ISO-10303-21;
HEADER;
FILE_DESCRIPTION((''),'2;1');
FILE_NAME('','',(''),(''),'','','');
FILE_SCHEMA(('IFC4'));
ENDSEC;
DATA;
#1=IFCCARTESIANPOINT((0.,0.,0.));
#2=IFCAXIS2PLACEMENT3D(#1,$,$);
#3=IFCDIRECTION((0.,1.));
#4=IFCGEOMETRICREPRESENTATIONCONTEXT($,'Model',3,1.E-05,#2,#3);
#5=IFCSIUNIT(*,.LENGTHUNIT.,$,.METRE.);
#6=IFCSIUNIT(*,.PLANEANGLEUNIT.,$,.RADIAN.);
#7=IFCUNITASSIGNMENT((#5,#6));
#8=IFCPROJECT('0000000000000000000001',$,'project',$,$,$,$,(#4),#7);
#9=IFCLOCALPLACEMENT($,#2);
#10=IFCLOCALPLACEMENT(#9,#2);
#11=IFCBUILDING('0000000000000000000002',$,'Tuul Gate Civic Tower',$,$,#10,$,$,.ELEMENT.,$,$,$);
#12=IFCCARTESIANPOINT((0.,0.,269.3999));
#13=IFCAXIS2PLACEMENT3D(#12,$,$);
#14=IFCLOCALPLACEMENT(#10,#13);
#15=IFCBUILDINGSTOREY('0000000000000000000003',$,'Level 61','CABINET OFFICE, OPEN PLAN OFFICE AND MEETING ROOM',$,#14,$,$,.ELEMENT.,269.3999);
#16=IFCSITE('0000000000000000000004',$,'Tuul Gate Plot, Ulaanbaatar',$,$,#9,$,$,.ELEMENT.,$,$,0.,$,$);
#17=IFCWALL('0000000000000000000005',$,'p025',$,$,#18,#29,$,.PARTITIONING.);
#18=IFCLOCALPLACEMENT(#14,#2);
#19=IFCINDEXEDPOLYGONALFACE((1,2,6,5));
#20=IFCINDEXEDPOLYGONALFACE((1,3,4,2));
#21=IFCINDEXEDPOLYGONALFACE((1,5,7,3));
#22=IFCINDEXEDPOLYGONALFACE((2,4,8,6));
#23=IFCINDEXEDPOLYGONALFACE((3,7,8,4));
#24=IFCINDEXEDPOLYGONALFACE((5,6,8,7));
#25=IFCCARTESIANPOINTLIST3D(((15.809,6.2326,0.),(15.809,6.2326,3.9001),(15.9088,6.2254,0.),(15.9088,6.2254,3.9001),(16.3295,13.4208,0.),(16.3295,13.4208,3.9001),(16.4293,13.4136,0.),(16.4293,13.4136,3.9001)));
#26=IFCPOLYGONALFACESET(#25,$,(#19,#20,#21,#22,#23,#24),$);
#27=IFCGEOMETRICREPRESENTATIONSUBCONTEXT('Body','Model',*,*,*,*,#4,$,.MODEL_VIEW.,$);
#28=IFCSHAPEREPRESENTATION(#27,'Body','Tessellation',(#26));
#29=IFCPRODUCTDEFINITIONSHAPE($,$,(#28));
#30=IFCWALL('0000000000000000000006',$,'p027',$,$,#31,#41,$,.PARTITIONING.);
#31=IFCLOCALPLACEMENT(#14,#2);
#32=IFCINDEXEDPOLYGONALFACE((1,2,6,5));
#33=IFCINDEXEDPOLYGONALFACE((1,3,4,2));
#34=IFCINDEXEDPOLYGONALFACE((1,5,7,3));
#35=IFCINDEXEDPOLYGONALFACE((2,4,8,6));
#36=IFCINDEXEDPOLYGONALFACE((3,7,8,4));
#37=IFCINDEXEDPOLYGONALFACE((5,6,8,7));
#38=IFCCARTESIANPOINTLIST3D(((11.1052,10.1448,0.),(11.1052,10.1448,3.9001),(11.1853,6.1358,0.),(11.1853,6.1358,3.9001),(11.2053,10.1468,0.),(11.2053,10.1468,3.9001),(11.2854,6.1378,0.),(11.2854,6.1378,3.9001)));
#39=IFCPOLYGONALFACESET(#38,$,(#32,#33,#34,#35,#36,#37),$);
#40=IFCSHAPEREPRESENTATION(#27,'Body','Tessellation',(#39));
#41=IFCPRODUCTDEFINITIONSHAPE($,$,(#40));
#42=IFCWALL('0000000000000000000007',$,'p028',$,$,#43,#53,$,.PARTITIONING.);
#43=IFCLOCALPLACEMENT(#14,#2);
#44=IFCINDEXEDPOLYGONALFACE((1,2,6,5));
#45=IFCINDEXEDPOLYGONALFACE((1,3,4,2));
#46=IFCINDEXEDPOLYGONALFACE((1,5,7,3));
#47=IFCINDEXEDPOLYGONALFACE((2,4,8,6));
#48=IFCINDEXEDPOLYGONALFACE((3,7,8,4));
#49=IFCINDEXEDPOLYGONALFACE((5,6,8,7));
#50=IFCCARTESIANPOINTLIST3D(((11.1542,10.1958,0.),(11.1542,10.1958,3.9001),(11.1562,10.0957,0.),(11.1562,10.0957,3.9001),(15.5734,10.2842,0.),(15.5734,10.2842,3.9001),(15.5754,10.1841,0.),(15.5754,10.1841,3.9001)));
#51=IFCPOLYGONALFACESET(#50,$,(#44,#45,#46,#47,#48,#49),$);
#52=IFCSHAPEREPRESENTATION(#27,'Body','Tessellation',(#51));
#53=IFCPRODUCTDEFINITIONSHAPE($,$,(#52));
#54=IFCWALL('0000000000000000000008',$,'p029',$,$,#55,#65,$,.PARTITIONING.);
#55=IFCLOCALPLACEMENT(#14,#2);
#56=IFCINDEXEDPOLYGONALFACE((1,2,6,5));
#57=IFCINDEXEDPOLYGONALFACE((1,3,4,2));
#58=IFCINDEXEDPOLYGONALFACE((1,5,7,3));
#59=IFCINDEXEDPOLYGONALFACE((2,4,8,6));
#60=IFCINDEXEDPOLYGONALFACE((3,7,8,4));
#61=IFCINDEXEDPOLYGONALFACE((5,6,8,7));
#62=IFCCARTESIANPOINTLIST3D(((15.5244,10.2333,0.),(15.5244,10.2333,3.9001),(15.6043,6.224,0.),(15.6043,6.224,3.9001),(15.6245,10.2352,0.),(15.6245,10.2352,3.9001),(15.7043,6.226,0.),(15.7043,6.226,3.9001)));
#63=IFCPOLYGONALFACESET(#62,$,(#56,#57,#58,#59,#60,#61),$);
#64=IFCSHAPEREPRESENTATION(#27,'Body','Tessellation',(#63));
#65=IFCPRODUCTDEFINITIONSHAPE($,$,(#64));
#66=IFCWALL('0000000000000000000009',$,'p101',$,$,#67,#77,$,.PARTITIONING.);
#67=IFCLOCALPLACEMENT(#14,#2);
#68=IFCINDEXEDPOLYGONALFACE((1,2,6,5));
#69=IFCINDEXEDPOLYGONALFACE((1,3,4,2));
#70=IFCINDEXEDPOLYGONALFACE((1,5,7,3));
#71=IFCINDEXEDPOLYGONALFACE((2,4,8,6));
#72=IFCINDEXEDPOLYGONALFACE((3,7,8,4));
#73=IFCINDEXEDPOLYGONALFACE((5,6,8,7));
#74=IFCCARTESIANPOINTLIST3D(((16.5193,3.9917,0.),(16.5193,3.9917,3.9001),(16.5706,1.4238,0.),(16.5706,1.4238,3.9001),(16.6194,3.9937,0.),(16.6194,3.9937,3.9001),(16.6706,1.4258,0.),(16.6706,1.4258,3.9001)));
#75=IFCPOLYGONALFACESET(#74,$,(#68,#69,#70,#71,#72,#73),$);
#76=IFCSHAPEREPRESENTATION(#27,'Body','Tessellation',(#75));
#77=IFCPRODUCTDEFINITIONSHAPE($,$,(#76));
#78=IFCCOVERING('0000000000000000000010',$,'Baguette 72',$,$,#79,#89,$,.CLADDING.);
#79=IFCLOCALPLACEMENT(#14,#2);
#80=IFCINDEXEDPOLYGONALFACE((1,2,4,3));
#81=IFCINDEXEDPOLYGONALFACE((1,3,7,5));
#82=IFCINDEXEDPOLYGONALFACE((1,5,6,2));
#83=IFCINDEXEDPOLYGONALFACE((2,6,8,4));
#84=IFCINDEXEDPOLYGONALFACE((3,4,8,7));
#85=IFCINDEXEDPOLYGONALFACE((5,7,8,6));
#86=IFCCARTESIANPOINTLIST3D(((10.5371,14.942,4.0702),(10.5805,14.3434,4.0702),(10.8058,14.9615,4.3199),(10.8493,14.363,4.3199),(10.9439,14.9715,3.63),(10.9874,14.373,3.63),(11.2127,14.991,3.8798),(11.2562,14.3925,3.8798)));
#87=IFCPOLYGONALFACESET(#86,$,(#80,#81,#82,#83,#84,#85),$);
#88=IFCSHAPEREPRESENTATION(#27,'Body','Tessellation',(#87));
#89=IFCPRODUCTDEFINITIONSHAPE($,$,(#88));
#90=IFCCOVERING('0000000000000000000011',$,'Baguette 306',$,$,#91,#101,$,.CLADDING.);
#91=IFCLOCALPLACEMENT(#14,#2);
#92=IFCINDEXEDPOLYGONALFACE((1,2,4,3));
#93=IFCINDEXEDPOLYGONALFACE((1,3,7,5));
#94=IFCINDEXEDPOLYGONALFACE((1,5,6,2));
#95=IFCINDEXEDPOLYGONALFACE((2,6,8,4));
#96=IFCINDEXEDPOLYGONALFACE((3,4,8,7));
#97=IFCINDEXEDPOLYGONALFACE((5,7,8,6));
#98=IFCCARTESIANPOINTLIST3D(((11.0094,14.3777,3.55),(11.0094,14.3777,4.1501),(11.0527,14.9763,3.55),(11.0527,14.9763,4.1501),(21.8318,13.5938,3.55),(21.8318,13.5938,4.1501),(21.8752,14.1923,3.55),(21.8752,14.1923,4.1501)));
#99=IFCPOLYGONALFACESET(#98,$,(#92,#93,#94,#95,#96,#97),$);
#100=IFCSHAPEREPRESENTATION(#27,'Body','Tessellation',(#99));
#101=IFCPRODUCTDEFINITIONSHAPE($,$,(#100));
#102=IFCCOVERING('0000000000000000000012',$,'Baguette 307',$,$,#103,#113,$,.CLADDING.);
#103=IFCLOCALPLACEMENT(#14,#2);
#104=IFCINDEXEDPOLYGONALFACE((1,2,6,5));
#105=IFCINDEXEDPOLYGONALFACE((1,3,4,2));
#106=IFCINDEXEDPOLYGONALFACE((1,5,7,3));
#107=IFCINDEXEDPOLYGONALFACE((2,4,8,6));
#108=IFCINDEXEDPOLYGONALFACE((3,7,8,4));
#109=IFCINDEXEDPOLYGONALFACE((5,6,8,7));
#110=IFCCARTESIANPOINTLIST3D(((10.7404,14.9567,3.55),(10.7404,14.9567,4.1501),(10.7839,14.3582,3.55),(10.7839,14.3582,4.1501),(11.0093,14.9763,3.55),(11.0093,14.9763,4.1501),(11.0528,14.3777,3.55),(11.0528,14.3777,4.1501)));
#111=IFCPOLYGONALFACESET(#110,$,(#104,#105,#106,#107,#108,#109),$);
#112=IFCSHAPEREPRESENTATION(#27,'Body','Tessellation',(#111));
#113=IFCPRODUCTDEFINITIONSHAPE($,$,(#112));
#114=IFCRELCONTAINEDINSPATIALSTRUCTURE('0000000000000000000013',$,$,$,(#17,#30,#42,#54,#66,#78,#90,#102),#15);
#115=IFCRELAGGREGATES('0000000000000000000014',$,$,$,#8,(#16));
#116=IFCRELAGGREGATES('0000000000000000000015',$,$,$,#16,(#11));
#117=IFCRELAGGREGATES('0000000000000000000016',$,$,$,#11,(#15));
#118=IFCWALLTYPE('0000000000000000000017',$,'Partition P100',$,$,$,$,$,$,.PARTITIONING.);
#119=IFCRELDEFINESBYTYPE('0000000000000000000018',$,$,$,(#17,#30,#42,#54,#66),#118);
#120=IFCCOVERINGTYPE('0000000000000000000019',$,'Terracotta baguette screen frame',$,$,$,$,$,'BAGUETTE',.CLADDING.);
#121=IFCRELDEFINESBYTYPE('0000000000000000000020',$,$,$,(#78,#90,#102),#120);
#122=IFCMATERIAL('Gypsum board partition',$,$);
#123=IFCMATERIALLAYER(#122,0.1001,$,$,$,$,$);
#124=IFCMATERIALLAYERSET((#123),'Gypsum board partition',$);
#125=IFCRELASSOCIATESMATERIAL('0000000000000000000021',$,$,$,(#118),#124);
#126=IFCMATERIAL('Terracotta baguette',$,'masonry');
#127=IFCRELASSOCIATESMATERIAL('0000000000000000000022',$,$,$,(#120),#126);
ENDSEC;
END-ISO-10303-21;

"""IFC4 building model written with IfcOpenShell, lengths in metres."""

from ifc_helpers import new_model, si_unit, direction, frame, frame_2d, origin, origin_2d, place, context, subcontext, project, spatial, rectangle, extrude, material, layer, layer_set, material_profile, profile_set, type_object, element, save


model = new_model("IFC4")

# Units and contexts
model_context = context("Model", 3, precision=1e-05, world=origin(), true_north=direction((0.0, 1.0)))
body_context = subcontext(model_context, "Body", "Model", "MODEL_VIEW")
ifc_project = project(units=[si_unit("LENGTHUNIT", "METRE"), si_unit("PLANEANGLEUNIT", "RADIAN")], contexts=[model_context])

# Site, building, storey
site_placement = place(None, origin())
site = spatial("IfcSite", under=ifc_project, at=site_placement, Name="Tuul Gate Plot, Ulaanbaatar", CompositionType="ELEMENT", RefElevation=0.0)
building_placement = place(site_placement, origin())
building = spatial("IfcBuilding", under=site, at=building_placement, Name="Tuul Gate Civic Tower", CompositionType="ELEMENT")
storey_placement = place(building_placement, frame((0.0, 0.0, 269.3999)))
storey = spatial("IfcBuildingStorey", under=building, at=storey_placement, Name="Level 61", Description="CABINET OFFICE, OPEN PLAN OFFICE AND MEETING ROOM", CompositionType="ELEMENT", Elevation=269.3999)

# Walls
ifc_material_1 = material(Name="Gypsum board partition")
ifc_layer_1 = layer(ifc_material_1, 0.1001)
ifc_layer_set_1 = layer_set([ifc_layer_1], Name="Gypsum board partition")
wall_type_1 = type_object("IfcWallType", Name="Partition P100", PredefinedType="PARTITIONING", material=ifc_layer_set_1)
wall_1_placement = place(storey_placement, frame((15.8589, 6.229, 0.0), z_axis=(0.0, 0.0, 1.0), x_axis=(0.072222, 0.997389, 0.0)))
element("IfcWall", 1, at=wall_1_placement, inside=storey, type_object=wall_type_1, Name="p025", PredefinedType="PARTITIONING", context=body_context, shape_type="SweptSolid", body=[
    extrude(rectangle(XDim=7.207, YDim=0.1001, at=frame_2d((3.6035, 0.0))), origin(), (0.0, 0.0, 1.0), 3.9001),
])
wall_2_placement = place(storey_placement, frame((11.1553, 10.1458, 0.0), z_axis=(0.0, 0.0, 1.0), x_axis=(0.01997, -0.999801, 0.0)))
element("IfcWall", 2, at=wall_2_placement, inside=storey, type_object=wall_type_1, Name="p027", PredefinedType="PARTITIONING", context=body_context, shape_type="SweptSolid", body=[
    extrude(rectangle(XDim=4.0098, YDim=0.1001, at=frame_2d((2.0049, 0.0))), origin(), (0.0, 0.0, 1.0), 3.9001),
])
wall_3_placement = place(storey_placement, frame((11.1553, 10.1458, 0.0), z_axis=(0.0, 0.0, 1.0), x_axis=(0.9998, 0.019995, 0.0)))
element("IfcWall", 3, at=wall_3_placement, inside=storey, type_object=wall_type_1, Name="p028", PredefinedType="PARTITIONING", context=body_context, shape_type="SweptSolid", body=[
    extrude(rectangle(XDim=4.4202, YDim=0.1001, at=frame_2d((2.21, 0.0))), origin(), (0.0, 0.0, 1.0), 3.9001),
])
wall_4_placement = place(storey_placement, frame((15.5745, 10.2341, 0.0), z_axis=(0.0, 0.0, 1.0), x_axis=(0.019908, -0.999802, 0.0)))
element("IfcWall", 4, at=wall_4_placement, inside=storey, type_object=wall_type_1, Name="p029", PredefinedType="PARTITIONING", context=body_context, shape_type="SweptSolid", body=[
    extrude(rectangle(XDim=4.01, YDim=0.1001, at=frame_2d((2.0049, 0.0))), origin(), (0.0, 0.0, 1.0), 3.9001),
])
wall_5_placement = place(storey_placement, frame((16.5693, 3.9927, 0.0), z_axis=(0.0, 0.0, 1.0), x_axis=(0.019962, -0.999801, 0.0)))
element("IfcWall", 5, at=wall_5_placement, inside=storey, type_object=wall_type_1, Name="p101", PredefinedType="PARTITIONING", context=body_context, shape_type="SweptSolid", body=[
    extrude(rectangle(XDim=2.5684, YDim=0.1001, at=frame_2d((1.2842, 0.0))), origin(), (0.0, 0.0, 1.0), 3.9001),
])

# Coverings
ifc_material_2 = material(Name="Terracotta baguette", Category="masonry")
ifc_material_profile_1 = material_profile(ifc_material_2, rectangle(XDim=0.6001, YDim=0.6001, at=origin_2d()), Name="Terracotta baguette screen frame")
ifc_profile_set_1 = profile_set([ifc_material_profile_1], Name="Terracotta baguette")
covering_type = type_object("IfcCoveringType", Name="Terracotta baguette screen frame", ElementType="BAGUETTE", PredefinedType="CLADDING", material=ifc_profile_set_1)
covering_1_placement = place(storey_placement, frame((11.031, 14.677, 4.0999), z_axis=(-0.731545, -0.053155, -0.679718), x_axis=(0.07247, -0.997371, 0.0)))
element("IfcCovering", 6, at=covering_1_placement, inside=storey, type_object=covering_type, Name="Baguette 72", PredefinedType="CLADDING", context=body_context, shape_type="SweptSolid", body=[
    extrude(rectangle(XDim=0.6001, YDim=0.6001, at=origin_2d()), origin(), (0.0, 0.0, 1.0), 0.3674),
])
covering_2_placement = place(storey_placement, frame((21.8535, 13.8931, 3.8501), z_axis=(-0.997387, 0.072246, 0.0), x_axis=(-0.072246, -0.997387, 0.0)))
element("IfcCovering", 7, at=covering_2_placement, inside=storey, type_object=covering_type, Name="Baguette 306", PredefinedType="CLADDING", context=body_context, shape_type="SweptSolid", body=[
    extrude(rectangle(XDim=0.6001, YDim=0.6001, at=origin_2d()), origin(), (0.0, 0.0, 1.0), 10.8508),
])
covering_3_placement = place(storey_placement, frame((11.031, 14.677, 3.8501), z_axis=(-0.997371, -0.07247, 0.0), x_axis=(0.07247, -0.997371, 0.0)))
element("IfcCovering", 8, at=covering_3_placement, inside=storey, type_object=covering_type, Name="Baguette 307", PredefinedType="CLADDING", context=body_context, shape_type="SweptSolid", body=[
    extrude(rectangle(XDim=0.6001, YDim=0.6001, at=origin_2d()), origin(), (0.0, 0.0, 1.0), 0.2695),
])

save(model, "model.ifc")
